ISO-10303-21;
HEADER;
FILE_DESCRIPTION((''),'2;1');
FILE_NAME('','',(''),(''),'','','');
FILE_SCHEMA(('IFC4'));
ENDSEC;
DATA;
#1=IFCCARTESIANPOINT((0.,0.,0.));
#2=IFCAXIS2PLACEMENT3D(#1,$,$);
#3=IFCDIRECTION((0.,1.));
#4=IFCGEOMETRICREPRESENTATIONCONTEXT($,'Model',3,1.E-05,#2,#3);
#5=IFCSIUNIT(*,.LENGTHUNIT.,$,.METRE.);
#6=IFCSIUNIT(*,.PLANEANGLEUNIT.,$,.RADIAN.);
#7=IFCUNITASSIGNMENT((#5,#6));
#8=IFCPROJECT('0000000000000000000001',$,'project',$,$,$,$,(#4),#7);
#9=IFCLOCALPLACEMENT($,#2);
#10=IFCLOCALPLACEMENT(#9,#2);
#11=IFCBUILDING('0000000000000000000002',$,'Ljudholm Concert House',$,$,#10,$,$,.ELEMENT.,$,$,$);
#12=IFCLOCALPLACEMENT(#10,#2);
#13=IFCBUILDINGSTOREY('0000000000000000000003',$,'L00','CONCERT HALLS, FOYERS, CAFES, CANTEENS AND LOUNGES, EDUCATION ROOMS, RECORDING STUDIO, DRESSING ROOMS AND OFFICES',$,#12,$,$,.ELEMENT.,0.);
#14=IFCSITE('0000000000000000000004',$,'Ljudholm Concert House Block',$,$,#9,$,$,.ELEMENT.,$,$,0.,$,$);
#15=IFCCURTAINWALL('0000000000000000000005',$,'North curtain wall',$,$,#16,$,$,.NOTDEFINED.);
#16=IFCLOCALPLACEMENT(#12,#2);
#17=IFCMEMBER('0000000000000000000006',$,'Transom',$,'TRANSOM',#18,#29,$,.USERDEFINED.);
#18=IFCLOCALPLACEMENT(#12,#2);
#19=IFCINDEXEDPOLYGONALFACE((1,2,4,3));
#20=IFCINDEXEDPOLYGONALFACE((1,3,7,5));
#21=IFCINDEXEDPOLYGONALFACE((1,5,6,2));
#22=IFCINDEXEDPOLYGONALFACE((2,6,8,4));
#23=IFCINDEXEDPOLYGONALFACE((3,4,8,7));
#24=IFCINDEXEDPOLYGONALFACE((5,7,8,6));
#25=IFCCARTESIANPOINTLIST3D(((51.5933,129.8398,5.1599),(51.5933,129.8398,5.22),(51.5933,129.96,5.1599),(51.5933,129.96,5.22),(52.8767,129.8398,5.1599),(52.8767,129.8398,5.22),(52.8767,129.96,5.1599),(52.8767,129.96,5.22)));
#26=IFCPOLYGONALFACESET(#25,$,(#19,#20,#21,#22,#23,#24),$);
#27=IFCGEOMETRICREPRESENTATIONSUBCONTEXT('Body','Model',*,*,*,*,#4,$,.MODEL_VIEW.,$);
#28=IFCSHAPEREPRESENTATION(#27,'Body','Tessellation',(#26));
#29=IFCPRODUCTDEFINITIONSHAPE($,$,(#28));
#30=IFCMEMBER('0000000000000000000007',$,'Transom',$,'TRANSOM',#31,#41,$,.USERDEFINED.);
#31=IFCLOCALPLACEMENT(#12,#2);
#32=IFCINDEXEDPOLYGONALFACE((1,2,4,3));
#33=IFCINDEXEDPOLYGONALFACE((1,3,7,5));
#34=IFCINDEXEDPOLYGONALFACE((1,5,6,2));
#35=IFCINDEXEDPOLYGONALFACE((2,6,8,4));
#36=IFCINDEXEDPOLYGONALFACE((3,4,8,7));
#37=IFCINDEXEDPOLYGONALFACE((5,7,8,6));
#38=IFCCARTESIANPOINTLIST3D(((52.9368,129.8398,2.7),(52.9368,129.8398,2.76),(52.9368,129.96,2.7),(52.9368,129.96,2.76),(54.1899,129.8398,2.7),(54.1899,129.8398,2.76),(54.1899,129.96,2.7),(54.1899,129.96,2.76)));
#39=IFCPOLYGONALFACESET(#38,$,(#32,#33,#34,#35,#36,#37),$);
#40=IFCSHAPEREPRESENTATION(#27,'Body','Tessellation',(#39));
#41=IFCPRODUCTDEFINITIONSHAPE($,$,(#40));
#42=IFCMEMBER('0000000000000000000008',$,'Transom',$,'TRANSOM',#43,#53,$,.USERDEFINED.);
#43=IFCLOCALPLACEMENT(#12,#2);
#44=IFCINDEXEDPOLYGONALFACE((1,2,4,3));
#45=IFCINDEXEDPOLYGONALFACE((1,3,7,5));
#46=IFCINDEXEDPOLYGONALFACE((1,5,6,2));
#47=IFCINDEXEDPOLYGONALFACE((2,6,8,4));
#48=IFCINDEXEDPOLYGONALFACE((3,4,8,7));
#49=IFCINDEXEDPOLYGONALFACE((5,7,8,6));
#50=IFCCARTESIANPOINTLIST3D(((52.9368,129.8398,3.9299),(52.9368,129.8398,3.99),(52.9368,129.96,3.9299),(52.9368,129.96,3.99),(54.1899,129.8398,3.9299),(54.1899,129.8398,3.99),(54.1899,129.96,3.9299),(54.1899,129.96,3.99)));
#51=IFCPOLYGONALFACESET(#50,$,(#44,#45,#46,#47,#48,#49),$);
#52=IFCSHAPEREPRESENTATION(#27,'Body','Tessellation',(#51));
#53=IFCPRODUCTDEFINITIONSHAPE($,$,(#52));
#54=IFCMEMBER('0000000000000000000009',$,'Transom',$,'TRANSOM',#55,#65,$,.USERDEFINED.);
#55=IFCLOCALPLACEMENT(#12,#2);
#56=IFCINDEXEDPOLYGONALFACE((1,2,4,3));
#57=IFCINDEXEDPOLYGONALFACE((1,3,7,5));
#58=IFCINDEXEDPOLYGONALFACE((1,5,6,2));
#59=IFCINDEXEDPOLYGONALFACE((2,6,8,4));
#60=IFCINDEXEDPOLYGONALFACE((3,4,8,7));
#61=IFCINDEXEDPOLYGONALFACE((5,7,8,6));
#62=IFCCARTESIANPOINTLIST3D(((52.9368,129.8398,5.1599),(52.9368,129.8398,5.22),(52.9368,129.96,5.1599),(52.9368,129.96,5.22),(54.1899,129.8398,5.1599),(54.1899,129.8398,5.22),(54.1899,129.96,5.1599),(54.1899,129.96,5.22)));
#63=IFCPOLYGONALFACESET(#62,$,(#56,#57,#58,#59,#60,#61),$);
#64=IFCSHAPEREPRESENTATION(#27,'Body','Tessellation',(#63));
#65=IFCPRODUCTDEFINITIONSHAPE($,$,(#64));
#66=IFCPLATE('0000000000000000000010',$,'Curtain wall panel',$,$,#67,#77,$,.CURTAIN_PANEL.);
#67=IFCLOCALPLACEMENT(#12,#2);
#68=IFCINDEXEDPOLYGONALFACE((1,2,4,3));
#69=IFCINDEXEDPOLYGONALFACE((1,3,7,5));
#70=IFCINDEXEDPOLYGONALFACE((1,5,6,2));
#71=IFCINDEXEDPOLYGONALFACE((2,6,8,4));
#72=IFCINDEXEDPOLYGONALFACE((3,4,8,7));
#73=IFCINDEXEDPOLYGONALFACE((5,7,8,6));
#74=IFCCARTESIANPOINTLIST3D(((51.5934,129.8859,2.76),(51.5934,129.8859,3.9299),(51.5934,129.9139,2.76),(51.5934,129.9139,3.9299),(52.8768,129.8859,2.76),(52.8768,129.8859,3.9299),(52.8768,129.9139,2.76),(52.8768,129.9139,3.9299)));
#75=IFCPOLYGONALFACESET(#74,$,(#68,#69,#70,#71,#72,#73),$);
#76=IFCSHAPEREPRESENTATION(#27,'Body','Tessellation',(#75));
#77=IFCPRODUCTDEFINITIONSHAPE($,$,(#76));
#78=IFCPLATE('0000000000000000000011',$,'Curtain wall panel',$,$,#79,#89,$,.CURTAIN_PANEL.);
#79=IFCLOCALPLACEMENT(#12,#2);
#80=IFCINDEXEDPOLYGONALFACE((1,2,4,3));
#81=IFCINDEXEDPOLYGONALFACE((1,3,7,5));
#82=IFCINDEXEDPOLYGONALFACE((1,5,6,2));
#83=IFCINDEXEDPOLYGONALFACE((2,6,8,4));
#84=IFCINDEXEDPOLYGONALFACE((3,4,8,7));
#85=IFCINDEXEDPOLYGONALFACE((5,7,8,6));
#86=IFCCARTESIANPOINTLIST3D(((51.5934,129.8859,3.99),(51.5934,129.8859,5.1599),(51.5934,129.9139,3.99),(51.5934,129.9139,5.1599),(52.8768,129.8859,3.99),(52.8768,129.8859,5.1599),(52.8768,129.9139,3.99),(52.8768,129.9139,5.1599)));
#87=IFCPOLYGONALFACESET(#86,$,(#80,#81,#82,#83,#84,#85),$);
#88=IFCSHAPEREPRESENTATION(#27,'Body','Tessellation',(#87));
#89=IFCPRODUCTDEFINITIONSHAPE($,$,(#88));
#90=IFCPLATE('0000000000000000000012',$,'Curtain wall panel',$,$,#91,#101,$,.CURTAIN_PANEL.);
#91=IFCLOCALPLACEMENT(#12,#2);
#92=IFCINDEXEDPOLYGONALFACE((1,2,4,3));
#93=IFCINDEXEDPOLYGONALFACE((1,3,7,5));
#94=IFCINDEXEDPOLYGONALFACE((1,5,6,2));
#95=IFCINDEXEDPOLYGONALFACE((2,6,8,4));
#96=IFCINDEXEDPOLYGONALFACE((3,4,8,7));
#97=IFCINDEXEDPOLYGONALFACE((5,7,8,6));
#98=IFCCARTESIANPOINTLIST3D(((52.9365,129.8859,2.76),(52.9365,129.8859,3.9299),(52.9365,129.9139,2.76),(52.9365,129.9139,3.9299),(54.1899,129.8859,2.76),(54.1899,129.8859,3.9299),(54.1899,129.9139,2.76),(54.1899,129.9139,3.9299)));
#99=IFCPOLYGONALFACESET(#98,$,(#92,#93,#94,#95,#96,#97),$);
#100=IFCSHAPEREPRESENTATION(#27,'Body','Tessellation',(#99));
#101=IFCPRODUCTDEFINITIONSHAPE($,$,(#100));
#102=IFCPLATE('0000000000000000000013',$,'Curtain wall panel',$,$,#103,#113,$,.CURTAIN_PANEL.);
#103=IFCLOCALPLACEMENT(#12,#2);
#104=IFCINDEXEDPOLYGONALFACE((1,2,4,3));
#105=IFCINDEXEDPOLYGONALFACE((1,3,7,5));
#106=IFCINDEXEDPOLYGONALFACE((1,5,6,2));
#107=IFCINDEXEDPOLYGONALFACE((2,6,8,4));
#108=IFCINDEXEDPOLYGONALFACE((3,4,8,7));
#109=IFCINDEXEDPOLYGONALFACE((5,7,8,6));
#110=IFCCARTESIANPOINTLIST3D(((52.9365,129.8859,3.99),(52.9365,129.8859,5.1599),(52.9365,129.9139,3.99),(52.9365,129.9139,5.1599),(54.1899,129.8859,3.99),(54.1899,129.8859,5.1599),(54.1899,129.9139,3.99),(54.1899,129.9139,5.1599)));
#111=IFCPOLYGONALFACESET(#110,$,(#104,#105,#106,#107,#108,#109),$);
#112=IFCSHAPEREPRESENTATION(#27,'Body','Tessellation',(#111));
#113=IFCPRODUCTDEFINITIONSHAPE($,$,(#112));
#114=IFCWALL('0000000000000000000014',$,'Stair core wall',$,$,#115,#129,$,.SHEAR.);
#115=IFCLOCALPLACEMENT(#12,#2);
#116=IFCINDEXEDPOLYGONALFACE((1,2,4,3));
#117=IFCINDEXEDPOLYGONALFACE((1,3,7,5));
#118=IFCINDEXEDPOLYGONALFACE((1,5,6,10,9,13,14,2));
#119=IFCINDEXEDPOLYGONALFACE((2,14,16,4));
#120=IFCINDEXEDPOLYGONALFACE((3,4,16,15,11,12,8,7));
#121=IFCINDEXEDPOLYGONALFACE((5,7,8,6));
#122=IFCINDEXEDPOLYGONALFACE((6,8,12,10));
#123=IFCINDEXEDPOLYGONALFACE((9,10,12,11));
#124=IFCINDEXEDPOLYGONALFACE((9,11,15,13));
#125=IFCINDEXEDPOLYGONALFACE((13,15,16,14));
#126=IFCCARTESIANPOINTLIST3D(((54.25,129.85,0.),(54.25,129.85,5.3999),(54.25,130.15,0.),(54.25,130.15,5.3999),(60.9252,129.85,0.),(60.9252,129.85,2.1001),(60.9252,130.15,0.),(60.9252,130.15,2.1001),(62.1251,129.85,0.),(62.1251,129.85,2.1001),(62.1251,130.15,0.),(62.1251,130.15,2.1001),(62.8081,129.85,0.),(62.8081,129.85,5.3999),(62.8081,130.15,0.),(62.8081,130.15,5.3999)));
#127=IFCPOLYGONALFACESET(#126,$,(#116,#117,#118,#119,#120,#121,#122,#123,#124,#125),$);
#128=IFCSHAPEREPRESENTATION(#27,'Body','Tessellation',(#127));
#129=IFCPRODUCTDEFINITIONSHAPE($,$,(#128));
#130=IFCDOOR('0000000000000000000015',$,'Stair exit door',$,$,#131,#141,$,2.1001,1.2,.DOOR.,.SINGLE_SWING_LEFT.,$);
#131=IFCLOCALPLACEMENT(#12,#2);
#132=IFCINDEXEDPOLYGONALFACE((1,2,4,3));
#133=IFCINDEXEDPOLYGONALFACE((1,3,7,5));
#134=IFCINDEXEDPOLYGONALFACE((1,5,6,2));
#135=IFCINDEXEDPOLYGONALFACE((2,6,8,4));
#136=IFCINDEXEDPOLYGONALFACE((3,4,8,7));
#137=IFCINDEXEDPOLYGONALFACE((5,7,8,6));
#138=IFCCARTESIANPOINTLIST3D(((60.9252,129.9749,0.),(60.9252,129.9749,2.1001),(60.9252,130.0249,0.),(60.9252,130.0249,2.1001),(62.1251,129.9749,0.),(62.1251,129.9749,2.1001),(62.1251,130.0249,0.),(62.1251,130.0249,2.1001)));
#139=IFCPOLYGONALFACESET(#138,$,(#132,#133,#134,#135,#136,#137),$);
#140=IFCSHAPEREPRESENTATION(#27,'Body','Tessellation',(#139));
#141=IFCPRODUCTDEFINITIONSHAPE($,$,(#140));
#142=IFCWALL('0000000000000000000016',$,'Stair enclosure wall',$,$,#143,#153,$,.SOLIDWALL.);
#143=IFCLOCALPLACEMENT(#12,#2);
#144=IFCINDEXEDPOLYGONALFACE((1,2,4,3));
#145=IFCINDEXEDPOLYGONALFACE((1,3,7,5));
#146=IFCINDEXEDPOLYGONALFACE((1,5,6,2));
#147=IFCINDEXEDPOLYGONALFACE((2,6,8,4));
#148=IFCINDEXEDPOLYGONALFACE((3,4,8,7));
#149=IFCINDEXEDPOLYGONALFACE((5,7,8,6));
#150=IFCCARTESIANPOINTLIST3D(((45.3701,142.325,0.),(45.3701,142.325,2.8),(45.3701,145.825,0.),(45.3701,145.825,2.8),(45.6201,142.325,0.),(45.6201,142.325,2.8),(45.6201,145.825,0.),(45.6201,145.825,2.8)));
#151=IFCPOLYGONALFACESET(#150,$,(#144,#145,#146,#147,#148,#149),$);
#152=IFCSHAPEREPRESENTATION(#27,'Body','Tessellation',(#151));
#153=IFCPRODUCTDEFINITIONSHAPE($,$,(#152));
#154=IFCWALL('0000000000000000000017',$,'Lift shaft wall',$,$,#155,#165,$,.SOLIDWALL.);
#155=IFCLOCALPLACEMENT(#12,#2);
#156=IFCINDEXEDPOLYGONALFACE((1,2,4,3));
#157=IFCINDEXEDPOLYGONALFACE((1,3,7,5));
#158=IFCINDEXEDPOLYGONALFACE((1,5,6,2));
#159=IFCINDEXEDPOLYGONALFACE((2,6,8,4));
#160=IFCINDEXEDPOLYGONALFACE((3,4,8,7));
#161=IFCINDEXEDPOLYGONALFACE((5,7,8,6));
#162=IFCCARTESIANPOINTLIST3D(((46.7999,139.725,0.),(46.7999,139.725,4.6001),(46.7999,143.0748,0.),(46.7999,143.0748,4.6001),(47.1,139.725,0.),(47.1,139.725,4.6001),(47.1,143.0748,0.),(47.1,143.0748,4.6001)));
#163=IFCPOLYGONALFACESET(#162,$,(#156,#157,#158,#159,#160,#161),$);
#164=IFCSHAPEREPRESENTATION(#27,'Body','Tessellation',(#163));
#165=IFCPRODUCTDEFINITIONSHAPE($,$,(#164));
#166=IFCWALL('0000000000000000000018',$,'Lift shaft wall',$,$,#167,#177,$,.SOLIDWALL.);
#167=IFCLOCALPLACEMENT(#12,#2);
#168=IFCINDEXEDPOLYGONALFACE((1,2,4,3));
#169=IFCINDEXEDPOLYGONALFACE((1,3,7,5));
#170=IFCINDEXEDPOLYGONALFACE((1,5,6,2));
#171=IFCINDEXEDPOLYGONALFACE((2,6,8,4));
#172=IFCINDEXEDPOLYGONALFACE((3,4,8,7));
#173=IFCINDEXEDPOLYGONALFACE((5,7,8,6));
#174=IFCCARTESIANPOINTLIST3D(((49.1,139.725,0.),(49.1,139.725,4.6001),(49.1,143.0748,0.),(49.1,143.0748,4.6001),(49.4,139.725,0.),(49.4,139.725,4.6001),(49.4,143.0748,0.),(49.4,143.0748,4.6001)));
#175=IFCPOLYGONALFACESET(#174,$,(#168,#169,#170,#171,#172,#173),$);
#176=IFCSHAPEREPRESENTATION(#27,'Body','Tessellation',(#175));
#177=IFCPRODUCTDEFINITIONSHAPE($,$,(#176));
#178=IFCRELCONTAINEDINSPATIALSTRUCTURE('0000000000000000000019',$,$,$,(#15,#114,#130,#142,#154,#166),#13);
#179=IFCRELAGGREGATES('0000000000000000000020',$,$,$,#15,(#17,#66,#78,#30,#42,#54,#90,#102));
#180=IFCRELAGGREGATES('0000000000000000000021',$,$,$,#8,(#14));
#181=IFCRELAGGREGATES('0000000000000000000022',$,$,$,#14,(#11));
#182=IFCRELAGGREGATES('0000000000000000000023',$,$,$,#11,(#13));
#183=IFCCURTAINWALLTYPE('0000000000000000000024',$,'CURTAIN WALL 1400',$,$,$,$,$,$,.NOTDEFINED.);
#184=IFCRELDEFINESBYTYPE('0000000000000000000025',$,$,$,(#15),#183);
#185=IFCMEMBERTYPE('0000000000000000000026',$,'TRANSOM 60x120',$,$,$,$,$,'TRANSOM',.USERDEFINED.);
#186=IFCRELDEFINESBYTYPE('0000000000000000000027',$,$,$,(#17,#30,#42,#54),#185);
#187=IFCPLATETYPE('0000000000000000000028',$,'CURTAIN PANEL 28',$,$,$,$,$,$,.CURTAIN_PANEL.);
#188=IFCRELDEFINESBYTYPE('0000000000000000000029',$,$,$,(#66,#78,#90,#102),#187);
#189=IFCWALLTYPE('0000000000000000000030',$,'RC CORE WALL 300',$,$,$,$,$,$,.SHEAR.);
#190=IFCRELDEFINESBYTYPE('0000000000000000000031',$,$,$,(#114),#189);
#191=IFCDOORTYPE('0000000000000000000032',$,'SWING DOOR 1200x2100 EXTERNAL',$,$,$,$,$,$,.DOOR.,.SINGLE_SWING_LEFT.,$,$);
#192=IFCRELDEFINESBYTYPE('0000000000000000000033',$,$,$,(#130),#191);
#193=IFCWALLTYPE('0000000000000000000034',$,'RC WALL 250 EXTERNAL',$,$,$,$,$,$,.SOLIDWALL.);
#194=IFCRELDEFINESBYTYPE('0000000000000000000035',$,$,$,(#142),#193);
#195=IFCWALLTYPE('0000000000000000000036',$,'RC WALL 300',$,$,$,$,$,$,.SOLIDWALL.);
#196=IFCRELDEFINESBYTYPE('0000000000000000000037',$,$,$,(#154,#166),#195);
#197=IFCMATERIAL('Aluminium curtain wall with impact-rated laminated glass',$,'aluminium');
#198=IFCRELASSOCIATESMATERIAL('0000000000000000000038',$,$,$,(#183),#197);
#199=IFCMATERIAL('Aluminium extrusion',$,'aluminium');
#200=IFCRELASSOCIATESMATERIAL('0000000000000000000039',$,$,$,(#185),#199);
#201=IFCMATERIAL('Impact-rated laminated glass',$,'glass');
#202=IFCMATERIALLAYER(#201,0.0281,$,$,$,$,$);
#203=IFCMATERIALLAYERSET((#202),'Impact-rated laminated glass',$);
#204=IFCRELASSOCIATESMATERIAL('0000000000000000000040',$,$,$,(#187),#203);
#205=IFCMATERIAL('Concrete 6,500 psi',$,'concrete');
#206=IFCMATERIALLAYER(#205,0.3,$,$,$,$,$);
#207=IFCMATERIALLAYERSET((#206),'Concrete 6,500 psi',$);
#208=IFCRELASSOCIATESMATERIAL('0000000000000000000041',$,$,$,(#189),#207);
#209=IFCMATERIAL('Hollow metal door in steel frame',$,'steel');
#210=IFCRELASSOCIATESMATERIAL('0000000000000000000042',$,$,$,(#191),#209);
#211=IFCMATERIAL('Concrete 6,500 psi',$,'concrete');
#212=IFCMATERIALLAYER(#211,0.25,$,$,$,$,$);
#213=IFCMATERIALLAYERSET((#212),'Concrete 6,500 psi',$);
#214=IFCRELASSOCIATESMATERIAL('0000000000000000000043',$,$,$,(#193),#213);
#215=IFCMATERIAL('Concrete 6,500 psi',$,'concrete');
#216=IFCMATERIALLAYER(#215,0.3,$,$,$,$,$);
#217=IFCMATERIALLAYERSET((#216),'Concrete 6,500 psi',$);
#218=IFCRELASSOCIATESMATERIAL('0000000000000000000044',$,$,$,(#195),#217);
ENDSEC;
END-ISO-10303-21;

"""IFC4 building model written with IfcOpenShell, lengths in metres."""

from ifc_helpers import new_model, si_unit, direction, frame, frame_2d, origin, origin_2d, place, context, subcontext, project, spatial, rectangle, extrude, material, layer, layer_set, material_profile, profile_set, type_object, element, fill, aggregate, save


model = new_model("IFC4")

# Units and contexts
model_context = context("Model", 3, precision=1e-05, world=origin(), true_north=direction((0.0, 1.0)))
body_context = subcontext(model_context, "Body", "Model", "MODEL_VIEW")
ifc_project = project(units=[si_unit("LENGTHUNIT", "METRE"), si_unit("PLANEANGLEUNIT", "RADIAN")], contexts=[model_context])

# Site, building, storey
site_placement = place(None, origin())
site = spatial("IfcSite", under=ifc_project, at=site_placement, Name="Ljudholm Concert House Block", CompositionType="ELEMENT", RefElevation=0.0)
building_placement = place(site_placement, origin())
building = spatial("IfcBuilding", under=site, at=building_placement, Name="Ljudholm Concert House", CompositionType="ELEMENT")
storey_placement = place(building_placement, origin())
storey = spatial("IfcBuildingStorey", under=building, at=storey_placement, Name="L00", Description="CONCERT HALLS, FOYERS, CAFES, CANTEENS AND LOUNGES, EDUCATION ROOMS, RECORDING STUDIO, DRESSING ROOMS AND OFFICES", CompositionType="ELEMENT", Elevation=0.0)

# Curtain wall
ifc_material_1 = material(Name="Aluminium curtain wall with impact-rated laminated glass", Category="aluminium")
curtain_wall_type = type_object("IfcCurtainWallType", Name="CURTAIN WALL 1400", PredefinedType="NOTDEFINED", material=ifc_material_1)
curtain_wall_placement = place(storey_placement, origin())
curtain_wall = element("IfcCurtainWall", 1, at=curtain_wall_placement, inside=storey, type_object=curtain_wall_type, Name="North curtain wall", PredefinedType="NOTDEFINED")

# Members
ifc_material_2 = material(Name="Aluminium extrusion", Category="aluminium")
ifc_material_profile_1 = material_profile(ifc_material_2, rectangle(XDim=0.1201, YDim=0.0601, at=origin_2d()), Name="TRANSOM 60x120")
ifc_profile_set_1 = profile_set([ifc_material_profile_1], Name="Aluminium extrusion")
member_type_1 = type_object("IfcMemberType", Name="TRANSOM 60x120", ElementType="TRANSOM", PredefinedType="USERDEFINED", material=ifc_profile_set_1)
member_1_placement = place(storey_placement, frame((51.5933, 129.8999, 5.1899), z_axis=(1.0, 0.0, 0.0), x_axis=(0.0, 1.0, 0.0)))
member_1 = element("IfcMember", 2, at=member_1_placement, type_object=member_type_1, Name="Transom", ObjectType="TRANSOM", PredefinedType="USERDEFINED", context=body_context, shape_type="SweptSolid", body=[
    extrude(rectangle(XDim=0.1201, YDim=0.0601, at=origin_2d()), origin(), (0.0, 0.0, 1.0), 1.2834),
])
member_2_placement = place(storey_placement, frame((52.9368, 129.8999, 2.73), z_axis=(1.0, 0.0, 0.0), x_axis=(0.0, 1.0, 0.0)))
member_2 = element("IfcMember", 3, at=member_2_placement, type_object=member_type_1, Name="Transom", ObjectType="TRANSOM", PredefinedType="USERDEFINED", context=body_context, shape_type="SweptSolid", body=[
    extrude(rectangle(XDim=0.1201, YDim=0.0601, at=origin_2d()), origin(), (0.0, 0.0, 1.0), 1.2532),
])
member_3_placement = place(storey_placement, frame((52.9368, 129.8999, 3.96), z_axis=(1.0, 0.0, 0.0), x_axis=(0.0, 1.0, 0.0)))
member_3 = element("IfcMember", 4, at=member_3_placement, type_object=member_type_1, Name="Transom", ObjectType="TRANSOM", PredefinedType="USERDEFINED", context=body_context, shape_type="SweptSolid", body=[
    extrude(rectangle(XDim=0.1201, YDim=0.0601, at=origin_2d()), origin(), (0.0, 0.0, 1.0), 1.2532),
])
member_4_placement = place(storey_placement, frame((52.9368, 129.8999, 5.1899), z_axis=(1.0, 0.0, 0.0), x_axis=(0.0, 1.0, 0.0)))
member_4 = element("IfcMember", 5, at=member_4_placement, type_object=member_type_1, Name="Transom", ObjectType="TRANSOM", PredefinedType="USERDEFINED", context=body_context, shape_type="SweptSolid", body=[
    extrude(rectangle(XDim=0.1201, YDim=0.0601, at=origin_2d()), origin(), (0.0, 0.0, 1.0), 1.2532),
])

# Plates
ifc_material_3 = material(Name="Impact-rated laminated glass", Category="glass")
ifc_layer_1 = layer(ifc_material_3, 0.0281)
ifc_layer_set_1 = layer_set([ifc_layer_1], Name="Impact-rated laminated glass")
plate_type = type_object("IfcPlateType", Name="CURTAIN PANEL 28", PredefinedType="CURTAIN_PANEL", material=ifc_layer_set_1)
plate_1_placement = place(storey_placement, frame((52.2351, 129.8999, 2.76), z_axis=(0.0, 0.0, 1.0), x_axis=(1.0, 0.0, 0.0)))
plate_1 = element("IfcPlate", 6, at=plate_1_placement, type_object=plate_type, Name="Curtain wall panel", PredefinedType="CURTAIN_PANEL", context=body_context, shape_type="SweptSolid", body=[
    extrude(rectangle(XDim=1.2834, YDim=0.0281, at=origin_2d()), origin(), (0.0, 0.0, 1.0), 1.1699),
])
plate_2_placement = place(storey_placement, frame((52.2351, 129.8999, 3.99), z_axis=(0.0, 0.0, 1.0), x_axis=(1.0, 0.0, 0.0)))
plate_2 = element("IfcPlate", 7, at=plate_2_placement, type_object=plate_type, Name="Curtain wall panel", PredefinedType="CURTAIN_PANEL", context=body_context, shape_type="SweptSolid", body=[
    extrude(rectangle(XDim=1.2834, YDim=0.0281, at=origin_2d()), origin(), (0.0, 0.0, 1.0), 1.1699),
])
plate_3_placement = place(storey_placement, frame((53.5632, 129.8999, 2.76), z_axis=(0.0, 0.0, 1.0), x_axis=(1.0, 0.0, 0.0)))
plate_3 = element("IfcPlate", 8, at=plate_3_placement, type_object=plate_type, Name="Curtain wall panel", PredefinedType="CURTAIN_PANEL", context=body_context, shape_type="SweptSolid", body=[
    extrude(rectangle(XDim=1.2534, YDim=0.0281, at=origin_2d()), origin(), (0.0, 0.0, 1.0), 1.1699),
])
plate_4_placement = place(storey_placement, frame((53.5632, 129.8999, 3.99), z_axis=(0.0, 0.0, 1.0), x_axis=(1.0, 0.0, 0.0)))
plate_4 = element("IfcPlate", 9, at=plate_4_placement, type_object=plate_type, Name="Curtain wall panel", PredefinedType="CURTAIN_PANEL", context=body_context, shape_type="SweptSolid", body=[
    extrude(rectangle(XDim=1.2534, YDim=0.0281, at=origin_2d()), origin(), (0.0, 0.0, 1.0), 1.1699),
])
aggregate(curtain_wall, [member_1, plate_1, plate_2, member_2, member_3, member_4, plate_3, plate_4])

# Wall, opening, door
ifc_material_4 = material(Name="Concrete 6,500 psi", Category="concrete")
ifc_layer_2 = layer(ifc_material_4, 0.3)
ifc_layer_set_2 = layer_set([ifc_layer_2], Name="Concrete 6,500 psi")
wall_type_1 = type_object("IfcWallType", Name="RC CORE WALL 300", PredefinedType="SHEAR", material=ifc_layer_set_2)
wall_1_placement = place(storey_placement, frame((54.25, 130.0, 0.0), z_axis=(0.0, 0.0, 1.0), x_axis=(1.0, 0.0, 0.0)))
wall_1 = element("IfcWall", 10, at=wall_1_placement, inside=storey, type_object=wall_type_1, Name="Stair core wall", PredefinedType="SHEAR", context=body_context, shape_type="SweptSolid", body=[
    extrude(rectangle(XDim=8.5581, YDim=0.3, at=frame_2d((4.2791, 0.0))), origin(), (0.0, 0.0, 1.0), 5.3999),
])
opening_1_placement = place(wall_1_placement, frame((6.675, 0.0, 0.0)))
opening_1 = element("IfcOpeningElement", 11, at=opening_1_placement, cuts=wall_1, PredefinedType="OPENING", context=body_context, shape_type="SweptSolid", body=[
    extrude(rectangle(XDim=1.2, YDim=2.1001, at=frame_2d((0.6001, 1.05))), frame((0.0, 0.1599, 0.0), z_axis=(0.0, -1.0, 0.0), x_axis=(1.0, 0.0, 0.0)), (0.0, 0.0, 1.0), 0.3201),
])
ifc_material_5 = material(Name="Hollow metal door in steel frame", Category="steel")
door_type_1 = type_object("IfcDoorType", Name="SWING DOOR 1200x2100 EXTERNAL", OperationType="SINGLE_SWING_LEFT", PredefinedType="DOOR", material=ifc_material_5)
door_1_placement = place(opening_1_placement, origin())
door_1 = element("IfcDoor", 12, at=door_1_placement, inside=storey, type_object=door_type_1, Name="Stair exit door", OperationType="SINGLE_SWING_LEFT", OverallHeight=2.1001, OverallWidth=1.2, PredefinedType="DOOR", context=body_context, shape_type="SweptSolid", body=[
    extrude(rectangle(XDim=1.2, YDim=2.1001, at=frame_2d((0.6001, 1.05))), frame((0.0, 0.0249, 0.0), z_axis=(0.0, -1.0, 0.0), x_axis=(1.0, 0.0, 0.0)), (0.0, 0.0, 1.0), 0.05),
])
fill(opening_1, door_1)

# Walls
ifc_material_6 = material(Name="Concrete 6,500 psi", Category="concrete")
ifc_layer_3 = layer(ifc_material_6, 0.25)
ifc_layer_set_3 = layer_set([ifc_layer_3], Name="Concrete 6,500 psi")
wall_type_2 = type_object("IfcWallType", Name="RC WALL 250 EXTERNAL", PredefinedType="SOLIDWALL", material=ifc_layer_set_3)
wall_2_placement = place(storey_placement, frame((45.4951, 142.325, 0.0), z_axis=(0.0, 0.0, 1.0), x_axis=(0.0, 1.0, 0.0)))
element("IfcWall", 13, at=wall_2_placement, inside=storey, type_object=wall_type_2, Name="Stair enclosure wall", PredefinedType="SOLIDWALL", context=body_context, shape_type="SweptSolid", body=[
    extrude(rectangle(XDim=3.5, YDim=0.25, at=frame_2d((1.75, 0.0))), origin(), (0.0, 0.0, 1.0), 2.8),
])
ifc_material_7 = material(Name="Concrete 6,500 psi", Category="concrete")
ifc_layer_4 = layer(ifc_material_7, 0.3)
ifc_layer_set_4 = layer_set([ifc_layer_4], Name="Concrete 6,500 psi")
wall_type_3 = type_object("IfcWallType", Name="RC WALL 300", PredefinedType="SOLIDWALL", material=ifc_layer_set_4)
for number, where, z_axis, x_axis, name in (
    (14, (46.95, 139.7251, 0.0), (0.0, 0.0, 1.0), (0.0, 1.0, 0.0), "Lift shaft wall"),
    (15, (49.25, 139.7251, 0.0), (0.0, 0.0, 1.0), (0.0, 1.0, 0.0), "Lift shaft wall"),
):
    element("IfcWall", number, at=place(storey_placement, frame(where, z_axis=z_axis, x_axis=x_axis)), inside=storey, type_object=wall_type_3, Name=name, PredefinedType="SOLIDWALL", context=body_context, shape_type="SweptSolid", body=[
        extrude(rectangle(XDim=3.3499, YDim=0.3, at=frame_2d((1.6748, 0.0))), origin(), (0.0, 0.0, 1.0), 4.6001),
    ])

save(model, "model.ifc")
